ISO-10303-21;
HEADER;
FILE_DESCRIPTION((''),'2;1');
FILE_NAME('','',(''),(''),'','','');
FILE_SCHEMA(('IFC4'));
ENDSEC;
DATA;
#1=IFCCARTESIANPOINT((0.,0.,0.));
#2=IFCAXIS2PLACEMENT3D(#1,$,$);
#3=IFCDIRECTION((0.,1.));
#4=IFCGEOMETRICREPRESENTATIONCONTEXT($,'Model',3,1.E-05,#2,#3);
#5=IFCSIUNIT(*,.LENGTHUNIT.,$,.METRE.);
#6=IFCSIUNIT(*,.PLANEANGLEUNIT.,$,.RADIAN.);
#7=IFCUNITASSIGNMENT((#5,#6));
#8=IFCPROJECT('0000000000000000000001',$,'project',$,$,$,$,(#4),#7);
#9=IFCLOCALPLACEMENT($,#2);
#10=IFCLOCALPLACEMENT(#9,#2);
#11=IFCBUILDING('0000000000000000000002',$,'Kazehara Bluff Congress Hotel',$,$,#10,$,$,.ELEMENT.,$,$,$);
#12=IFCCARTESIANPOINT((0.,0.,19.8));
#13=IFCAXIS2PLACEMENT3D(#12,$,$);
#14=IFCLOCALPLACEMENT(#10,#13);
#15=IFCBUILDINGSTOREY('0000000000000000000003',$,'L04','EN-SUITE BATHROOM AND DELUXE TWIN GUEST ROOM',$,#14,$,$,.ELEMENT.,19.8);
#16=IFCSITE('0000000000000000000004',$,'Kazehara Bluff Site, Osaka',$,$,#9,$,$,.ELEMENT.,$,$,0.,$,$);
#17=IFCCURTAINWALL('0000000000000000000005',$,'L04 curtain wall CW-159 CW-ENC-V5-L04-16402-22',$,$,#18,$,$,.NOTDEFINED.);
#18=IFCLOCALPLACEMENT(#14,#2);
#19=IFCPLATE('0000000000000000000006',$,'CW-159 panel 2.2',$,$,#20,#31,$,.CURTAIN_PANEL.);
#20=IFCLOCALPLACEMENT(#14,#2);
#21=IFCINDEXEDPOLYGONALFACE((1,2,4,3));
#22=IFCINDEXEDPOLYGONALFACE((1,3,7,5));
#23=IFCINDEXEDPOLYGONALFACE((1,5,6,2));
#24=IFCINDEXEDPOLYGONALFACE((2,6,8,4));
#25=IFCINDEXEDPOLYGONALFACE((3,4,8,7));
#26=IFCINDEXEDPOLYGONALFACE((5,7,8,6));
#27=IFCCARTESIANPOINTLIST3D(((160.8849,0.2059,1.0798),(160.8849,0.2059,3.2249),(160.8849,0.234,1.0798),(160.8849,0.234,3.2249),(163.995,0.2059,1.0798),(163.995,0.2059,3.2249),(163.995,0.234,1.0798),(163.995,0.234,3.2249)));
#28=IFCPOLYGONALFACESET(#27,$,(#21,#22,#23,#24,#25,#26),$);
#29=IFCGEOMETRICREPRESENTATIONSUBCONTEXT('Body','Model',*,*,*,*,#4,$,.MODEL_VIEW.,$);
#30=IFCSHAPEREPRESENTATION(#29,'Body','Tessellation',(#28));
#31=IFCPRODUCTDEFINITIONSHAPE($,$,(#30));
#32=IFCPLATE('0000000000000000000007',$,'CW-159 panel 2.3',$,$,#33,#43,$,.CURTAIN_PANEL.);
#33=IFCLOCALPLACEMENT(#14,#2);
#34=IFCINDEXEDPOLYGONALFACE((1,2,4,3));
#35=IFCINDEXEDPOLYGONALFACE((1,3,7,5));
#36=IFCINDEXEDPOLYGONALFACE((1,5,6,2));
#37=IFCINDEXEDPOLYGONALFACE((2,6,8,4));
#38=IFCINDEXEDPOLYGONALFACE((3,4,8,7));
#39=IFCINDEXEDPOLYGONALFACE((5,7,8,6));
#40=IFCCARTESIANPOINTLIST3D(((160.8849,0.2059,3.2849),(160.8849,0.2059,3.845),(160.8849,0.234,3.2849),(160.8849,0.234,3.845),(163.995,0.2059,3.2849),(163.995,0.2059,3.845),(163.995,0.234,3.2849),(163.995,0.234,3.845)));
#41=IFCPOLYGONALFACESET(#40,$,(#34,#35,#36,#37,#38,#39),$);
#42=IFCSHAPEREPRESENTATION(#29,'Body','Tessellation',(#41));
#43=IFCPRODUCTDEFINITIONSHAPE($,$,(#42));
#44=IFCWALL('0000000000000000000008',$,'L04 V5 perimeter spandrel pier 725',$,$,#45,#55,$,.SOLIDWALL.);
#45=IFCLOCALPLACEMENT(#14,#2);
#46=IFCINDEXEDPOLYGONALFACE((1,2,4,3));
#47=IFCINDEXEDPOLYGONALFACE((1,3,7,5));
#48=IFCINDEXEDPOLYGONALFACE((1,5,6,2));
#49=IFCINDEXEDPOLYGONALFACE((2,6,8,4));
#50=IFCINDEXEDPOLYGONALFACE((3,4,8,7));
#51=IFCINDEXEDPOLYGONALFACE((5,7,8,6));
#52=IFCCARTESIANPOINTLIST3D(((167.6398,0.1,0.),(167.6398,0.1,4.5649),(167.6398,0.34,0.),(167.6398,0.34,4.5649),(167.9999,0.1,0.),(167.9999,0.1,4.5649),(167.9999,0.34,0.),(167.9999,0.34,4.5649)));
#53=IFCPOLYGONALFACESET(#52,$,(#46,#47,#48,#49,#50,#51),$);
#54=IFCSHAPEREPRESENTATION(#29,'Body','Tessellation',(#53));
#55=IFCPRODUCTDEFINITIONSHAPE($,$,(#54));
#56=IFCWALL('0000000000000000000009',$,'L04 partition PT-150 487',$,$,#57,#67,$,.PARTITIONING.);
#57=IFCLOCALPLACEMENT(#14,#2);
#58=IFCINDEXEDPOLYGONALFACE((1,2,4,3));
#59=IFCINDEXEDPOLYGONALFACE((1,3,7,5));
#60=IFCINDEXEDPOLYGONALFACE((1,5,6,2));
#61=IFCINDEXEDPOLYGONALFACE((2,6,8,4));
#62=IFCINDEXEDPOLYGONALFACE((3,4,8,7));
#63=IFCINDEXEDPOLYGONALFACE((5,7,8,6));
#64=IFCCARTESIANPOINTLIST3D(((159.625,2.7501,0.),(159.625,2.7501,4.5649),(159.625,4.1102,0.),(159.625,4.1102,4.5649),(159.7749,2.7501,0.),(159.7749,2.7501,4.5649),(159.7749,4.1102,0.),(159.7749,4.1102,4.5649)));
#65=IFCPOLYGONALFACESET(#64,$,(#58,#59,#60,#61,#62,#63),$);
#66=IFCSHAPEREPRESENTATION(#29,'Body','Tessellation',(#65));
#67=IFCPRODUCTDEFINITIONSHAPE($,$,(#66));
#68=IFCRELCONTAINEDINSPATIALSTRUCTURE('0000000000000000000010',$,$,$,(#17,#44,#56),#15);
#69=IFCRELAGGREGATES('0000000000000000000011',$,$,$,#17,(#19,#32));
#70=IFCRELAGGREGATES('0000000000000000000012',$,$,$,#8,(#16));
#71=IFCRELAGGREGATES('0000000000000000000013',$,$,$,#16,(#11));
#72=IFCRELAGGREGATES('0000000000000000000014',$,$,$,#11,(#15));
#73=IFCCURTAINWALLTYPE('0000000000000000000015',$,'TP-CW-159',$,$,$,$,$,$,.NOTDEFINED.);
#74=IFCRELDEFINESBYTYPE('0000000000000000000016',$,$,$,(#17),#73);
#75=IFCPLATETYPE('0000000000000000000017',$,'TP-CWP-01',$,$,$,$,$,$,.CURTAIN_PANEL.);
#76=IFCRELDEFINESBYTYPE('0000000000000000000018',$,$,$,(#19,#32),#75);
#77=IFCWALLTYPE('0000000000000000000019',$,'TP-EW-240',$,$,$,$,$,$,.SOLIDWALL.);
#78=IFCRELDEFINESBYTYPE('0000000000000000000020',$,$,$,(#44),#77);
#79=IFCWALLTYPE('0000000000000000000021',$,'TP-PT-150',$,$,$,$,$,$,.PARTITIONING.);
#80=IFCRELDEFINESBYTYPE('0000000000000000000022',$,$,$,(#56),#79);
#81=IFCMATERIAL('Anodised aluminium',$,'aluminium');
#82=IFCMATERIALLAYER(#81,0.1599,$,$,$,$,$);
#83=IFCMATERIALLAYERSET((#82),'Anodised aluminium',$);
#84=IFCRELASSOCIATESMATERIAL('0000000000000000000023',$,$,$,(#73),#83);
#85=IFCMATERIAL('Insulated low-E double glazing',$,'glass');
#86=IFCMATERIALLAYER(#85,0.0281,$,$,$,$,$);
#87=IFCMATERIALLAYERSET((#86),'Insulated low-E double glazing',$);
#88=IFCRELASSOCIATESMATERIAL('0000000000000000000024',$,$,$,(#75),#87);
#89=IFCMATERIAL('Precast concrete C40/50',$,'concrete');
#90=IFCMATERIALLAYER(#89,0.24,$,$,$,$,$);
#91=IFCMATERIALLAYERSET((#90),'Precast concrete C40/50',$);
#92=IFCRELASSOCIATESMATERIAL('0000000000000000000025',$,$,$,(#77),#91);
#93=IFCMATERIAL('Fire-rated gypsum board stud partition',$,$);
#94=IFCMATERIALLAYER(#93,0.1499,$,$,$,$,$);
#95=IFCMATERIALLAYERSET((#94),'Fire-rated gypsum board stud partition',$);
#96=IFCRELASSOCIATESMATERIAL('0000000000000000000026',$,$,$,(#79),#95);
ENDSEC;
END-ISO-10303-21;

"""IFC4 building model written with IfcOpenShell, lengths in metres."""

from ifc_helpers import new_model, si_unit, direction, frame, frame_2d, origin, origin_2d, place, context, subcontext, project, spatial, rectangle, extrude, material, layer, layer_set, type_object, element, aggregate, save


model = new_model("IFC4")

# Units and contexts
model_context = context("Model", 3, precision=1e-05, world=origin(), true_north=direction((0.0, 1.0)))
body_context = subcontext(model_context, "Body", "Model", "MODEL_VIEW")
ifc_project = project(units=[si_unit("LENGTHUNIT", "METRE"), si_unit("PLANEANGLEUNIT", "RADIAN")], contexts=[model_context])

# Site, building, storey
site_placement = place(None, origin())
site = spatial("IfcSite", under=ifc_project, at=site_placement, Name="Kazehara Bluff Site, Osaka", CompositionType="ELEMENT", RefElevation=0.0)
building_placement = place(site_placement, origin())
building = spatial("IfcBuilding", under=site, at=building_placement, Name="Kazehara Bluff Congress Hotel", CompositionType="ELEMENT")
storey_placement = place(building_placement, frame((0.0, 0.0, 19.8)))
storey = spatial("IfcBuildingStorey", under=building, at=storey_placement, Name="L04", Description="EN-SUITE BATHROOM AND DELUXE TWIN GUEST ROOM", CompositionType="ELEMENT", Elevation=19.8)

# Curtain wall
ifc_material_1 = material(Name="Anodised aluminium", Category="aluminium")
ifc_layer_1 = layer(ifc_material_1, 0.1599)
ifc_layer_set_1 = layer_set([ifc_layer_1], Name="Anodised aluminium")
curtain_wall_type_1 = type_object("IfcCurtainWallType", Name="TP-CW-159", PredefinedType="NOTDEFINED", material=ifc_layer_set_1)
curtain_wall_1_placement = place(storey_placement, origin())
curtain_wall_1 = element("IfcCurtainWall", 1, at=curtain_wall_1_placement, inside=storey, type_object=curtain_wall_type_1, Name="L04 curtain wall CW-159 CW-ENC-V5-L04-16402-22", PredefinedType="NOTDEFINED")

# Plates
ifc_material_2 = material(Name="Insulated low-E double glazing", Category="glass")
ifc_layer_2 = layer(ifc_material_2, 0.0281)
ifc_layer_set_2 = layer_set([ifc_layer_2], Name="Insulated low-E double glazing")
plate_type = type_object("IfcPlateType", Name="TP-CWP-01", PredefinedType="CURTAIN_PANEL", material=ifc_layer_set_2)
plate_1_placement = place(storey_placement, frame((162.4399, 0.22, 1.0798), z_axis=(0.0, 0.0, 1.0), x_axis=(-1.0, 0.0, 0.0)))
plate_1 = element("IfcPlate", 2, at=plate_1_placement, type_object=plate_type, Name="CW-159 panel 2.2", PredefinedType="CURTAIN_PANEL", context=body_context, shape_type="SweptSolid", body=[
    extrude(rectangle(XDim=3.1101, YDim=0.0281, at=origin_2d()), origin(), (0.0, 0.0, 1.0), 2.145),
])
plate_2_placement = place(storey_placement, frame((162.4399, 0.22, 3.2849), z_axis=(0.0, 0.0, 1.0), x_axis=(-1.0, 0.0, 0.0)))
plate_2 = element("IfcPlate", 3, at=plate_2_placement, type_object=plate_type, Name="CW-159 panel 2.3", PredefinedType="CURTAIN_PANEL", context=body_context, shape_type="SweptSolid", body=[
    extrude(rectangle(XDim=3.1101, YDim=0.0281, at=origin_2d()), origin(), (0.0, 0.0, 1.0), 0.5601),
])
aggregate(curtain_wall_1, [plate_1, plate_2])

# Walls
ifc_material_3 = material(Name="Precast concrete C40/50", Category="concrete")
ifc_layer_3 = layer(ifc_material_3, 0.24)
ifc_layer_set_3 = layer_set([ifc_layer_3], Name="Precast concrete C40/50")
wall_type_1 = type_object("IfcWallType", Name="TP-EW-240", PredefinedType="SOLIDWALL", material=ifc_layer_set_3)
wall_1_placement = place(storey_placement, frame((168.0, 0.22, 0.0), z_axis=(0.0, 0.0, 1.0), x_axis=(-1.0, 0.0, 0.0)))
element("IfcWall", 4, at=wall_1_placement, inside=storey, type_object=wall_type_1, Name="L04 V5 perimeter spandrel pier 725", PredefinedType="SOLIDWALL", context=body_context, shape_type="SweptSolid", body=[
    extrude(rectangle(XDim=0.3601, YDim=0.24, at=frame_2d((0.1802, 0.0))), origin(), (0.0, 0.0, 1.0), 4.5649),
])
ifc_material_4 = material(Name="Fire-rated gypsum board stud partition")
ifc_layer_4 = layer(ifc_material_4, 0.1499)
ifc_layer_set_4 = layer_set([ifc_layer_4], Name="Fire-rated gypsum board stud partition")
wall_type_2 = type_object("IfcWallType", Name="TP-PT-150", PredefinedType="PARTITIONING", material=ifc_layer_set_4)
wall_2_placement = place(storey_placement, frame((159.7, 2.75, 0.0), z_axis=(0.0, 0.0, 1.0), x_axis=(0.0, 1.0, 0.0)))
element("IfcWall", 5, at=wall_2_placement, inside=storey, type_object=wall_type_2, Name="L04 partition PT-150 487", PredefinedType="PARTITIONING", context=body_context, shape_type="SweptSolid", body=[
    extrude(rectangle(XDim=1.3601, YDim=0.1499, at=frame_2d((0.6802, 0.0))), origin(), (0.0, 0.0, 1.0), 4.5649),
])

save(model, "model.ifc")
